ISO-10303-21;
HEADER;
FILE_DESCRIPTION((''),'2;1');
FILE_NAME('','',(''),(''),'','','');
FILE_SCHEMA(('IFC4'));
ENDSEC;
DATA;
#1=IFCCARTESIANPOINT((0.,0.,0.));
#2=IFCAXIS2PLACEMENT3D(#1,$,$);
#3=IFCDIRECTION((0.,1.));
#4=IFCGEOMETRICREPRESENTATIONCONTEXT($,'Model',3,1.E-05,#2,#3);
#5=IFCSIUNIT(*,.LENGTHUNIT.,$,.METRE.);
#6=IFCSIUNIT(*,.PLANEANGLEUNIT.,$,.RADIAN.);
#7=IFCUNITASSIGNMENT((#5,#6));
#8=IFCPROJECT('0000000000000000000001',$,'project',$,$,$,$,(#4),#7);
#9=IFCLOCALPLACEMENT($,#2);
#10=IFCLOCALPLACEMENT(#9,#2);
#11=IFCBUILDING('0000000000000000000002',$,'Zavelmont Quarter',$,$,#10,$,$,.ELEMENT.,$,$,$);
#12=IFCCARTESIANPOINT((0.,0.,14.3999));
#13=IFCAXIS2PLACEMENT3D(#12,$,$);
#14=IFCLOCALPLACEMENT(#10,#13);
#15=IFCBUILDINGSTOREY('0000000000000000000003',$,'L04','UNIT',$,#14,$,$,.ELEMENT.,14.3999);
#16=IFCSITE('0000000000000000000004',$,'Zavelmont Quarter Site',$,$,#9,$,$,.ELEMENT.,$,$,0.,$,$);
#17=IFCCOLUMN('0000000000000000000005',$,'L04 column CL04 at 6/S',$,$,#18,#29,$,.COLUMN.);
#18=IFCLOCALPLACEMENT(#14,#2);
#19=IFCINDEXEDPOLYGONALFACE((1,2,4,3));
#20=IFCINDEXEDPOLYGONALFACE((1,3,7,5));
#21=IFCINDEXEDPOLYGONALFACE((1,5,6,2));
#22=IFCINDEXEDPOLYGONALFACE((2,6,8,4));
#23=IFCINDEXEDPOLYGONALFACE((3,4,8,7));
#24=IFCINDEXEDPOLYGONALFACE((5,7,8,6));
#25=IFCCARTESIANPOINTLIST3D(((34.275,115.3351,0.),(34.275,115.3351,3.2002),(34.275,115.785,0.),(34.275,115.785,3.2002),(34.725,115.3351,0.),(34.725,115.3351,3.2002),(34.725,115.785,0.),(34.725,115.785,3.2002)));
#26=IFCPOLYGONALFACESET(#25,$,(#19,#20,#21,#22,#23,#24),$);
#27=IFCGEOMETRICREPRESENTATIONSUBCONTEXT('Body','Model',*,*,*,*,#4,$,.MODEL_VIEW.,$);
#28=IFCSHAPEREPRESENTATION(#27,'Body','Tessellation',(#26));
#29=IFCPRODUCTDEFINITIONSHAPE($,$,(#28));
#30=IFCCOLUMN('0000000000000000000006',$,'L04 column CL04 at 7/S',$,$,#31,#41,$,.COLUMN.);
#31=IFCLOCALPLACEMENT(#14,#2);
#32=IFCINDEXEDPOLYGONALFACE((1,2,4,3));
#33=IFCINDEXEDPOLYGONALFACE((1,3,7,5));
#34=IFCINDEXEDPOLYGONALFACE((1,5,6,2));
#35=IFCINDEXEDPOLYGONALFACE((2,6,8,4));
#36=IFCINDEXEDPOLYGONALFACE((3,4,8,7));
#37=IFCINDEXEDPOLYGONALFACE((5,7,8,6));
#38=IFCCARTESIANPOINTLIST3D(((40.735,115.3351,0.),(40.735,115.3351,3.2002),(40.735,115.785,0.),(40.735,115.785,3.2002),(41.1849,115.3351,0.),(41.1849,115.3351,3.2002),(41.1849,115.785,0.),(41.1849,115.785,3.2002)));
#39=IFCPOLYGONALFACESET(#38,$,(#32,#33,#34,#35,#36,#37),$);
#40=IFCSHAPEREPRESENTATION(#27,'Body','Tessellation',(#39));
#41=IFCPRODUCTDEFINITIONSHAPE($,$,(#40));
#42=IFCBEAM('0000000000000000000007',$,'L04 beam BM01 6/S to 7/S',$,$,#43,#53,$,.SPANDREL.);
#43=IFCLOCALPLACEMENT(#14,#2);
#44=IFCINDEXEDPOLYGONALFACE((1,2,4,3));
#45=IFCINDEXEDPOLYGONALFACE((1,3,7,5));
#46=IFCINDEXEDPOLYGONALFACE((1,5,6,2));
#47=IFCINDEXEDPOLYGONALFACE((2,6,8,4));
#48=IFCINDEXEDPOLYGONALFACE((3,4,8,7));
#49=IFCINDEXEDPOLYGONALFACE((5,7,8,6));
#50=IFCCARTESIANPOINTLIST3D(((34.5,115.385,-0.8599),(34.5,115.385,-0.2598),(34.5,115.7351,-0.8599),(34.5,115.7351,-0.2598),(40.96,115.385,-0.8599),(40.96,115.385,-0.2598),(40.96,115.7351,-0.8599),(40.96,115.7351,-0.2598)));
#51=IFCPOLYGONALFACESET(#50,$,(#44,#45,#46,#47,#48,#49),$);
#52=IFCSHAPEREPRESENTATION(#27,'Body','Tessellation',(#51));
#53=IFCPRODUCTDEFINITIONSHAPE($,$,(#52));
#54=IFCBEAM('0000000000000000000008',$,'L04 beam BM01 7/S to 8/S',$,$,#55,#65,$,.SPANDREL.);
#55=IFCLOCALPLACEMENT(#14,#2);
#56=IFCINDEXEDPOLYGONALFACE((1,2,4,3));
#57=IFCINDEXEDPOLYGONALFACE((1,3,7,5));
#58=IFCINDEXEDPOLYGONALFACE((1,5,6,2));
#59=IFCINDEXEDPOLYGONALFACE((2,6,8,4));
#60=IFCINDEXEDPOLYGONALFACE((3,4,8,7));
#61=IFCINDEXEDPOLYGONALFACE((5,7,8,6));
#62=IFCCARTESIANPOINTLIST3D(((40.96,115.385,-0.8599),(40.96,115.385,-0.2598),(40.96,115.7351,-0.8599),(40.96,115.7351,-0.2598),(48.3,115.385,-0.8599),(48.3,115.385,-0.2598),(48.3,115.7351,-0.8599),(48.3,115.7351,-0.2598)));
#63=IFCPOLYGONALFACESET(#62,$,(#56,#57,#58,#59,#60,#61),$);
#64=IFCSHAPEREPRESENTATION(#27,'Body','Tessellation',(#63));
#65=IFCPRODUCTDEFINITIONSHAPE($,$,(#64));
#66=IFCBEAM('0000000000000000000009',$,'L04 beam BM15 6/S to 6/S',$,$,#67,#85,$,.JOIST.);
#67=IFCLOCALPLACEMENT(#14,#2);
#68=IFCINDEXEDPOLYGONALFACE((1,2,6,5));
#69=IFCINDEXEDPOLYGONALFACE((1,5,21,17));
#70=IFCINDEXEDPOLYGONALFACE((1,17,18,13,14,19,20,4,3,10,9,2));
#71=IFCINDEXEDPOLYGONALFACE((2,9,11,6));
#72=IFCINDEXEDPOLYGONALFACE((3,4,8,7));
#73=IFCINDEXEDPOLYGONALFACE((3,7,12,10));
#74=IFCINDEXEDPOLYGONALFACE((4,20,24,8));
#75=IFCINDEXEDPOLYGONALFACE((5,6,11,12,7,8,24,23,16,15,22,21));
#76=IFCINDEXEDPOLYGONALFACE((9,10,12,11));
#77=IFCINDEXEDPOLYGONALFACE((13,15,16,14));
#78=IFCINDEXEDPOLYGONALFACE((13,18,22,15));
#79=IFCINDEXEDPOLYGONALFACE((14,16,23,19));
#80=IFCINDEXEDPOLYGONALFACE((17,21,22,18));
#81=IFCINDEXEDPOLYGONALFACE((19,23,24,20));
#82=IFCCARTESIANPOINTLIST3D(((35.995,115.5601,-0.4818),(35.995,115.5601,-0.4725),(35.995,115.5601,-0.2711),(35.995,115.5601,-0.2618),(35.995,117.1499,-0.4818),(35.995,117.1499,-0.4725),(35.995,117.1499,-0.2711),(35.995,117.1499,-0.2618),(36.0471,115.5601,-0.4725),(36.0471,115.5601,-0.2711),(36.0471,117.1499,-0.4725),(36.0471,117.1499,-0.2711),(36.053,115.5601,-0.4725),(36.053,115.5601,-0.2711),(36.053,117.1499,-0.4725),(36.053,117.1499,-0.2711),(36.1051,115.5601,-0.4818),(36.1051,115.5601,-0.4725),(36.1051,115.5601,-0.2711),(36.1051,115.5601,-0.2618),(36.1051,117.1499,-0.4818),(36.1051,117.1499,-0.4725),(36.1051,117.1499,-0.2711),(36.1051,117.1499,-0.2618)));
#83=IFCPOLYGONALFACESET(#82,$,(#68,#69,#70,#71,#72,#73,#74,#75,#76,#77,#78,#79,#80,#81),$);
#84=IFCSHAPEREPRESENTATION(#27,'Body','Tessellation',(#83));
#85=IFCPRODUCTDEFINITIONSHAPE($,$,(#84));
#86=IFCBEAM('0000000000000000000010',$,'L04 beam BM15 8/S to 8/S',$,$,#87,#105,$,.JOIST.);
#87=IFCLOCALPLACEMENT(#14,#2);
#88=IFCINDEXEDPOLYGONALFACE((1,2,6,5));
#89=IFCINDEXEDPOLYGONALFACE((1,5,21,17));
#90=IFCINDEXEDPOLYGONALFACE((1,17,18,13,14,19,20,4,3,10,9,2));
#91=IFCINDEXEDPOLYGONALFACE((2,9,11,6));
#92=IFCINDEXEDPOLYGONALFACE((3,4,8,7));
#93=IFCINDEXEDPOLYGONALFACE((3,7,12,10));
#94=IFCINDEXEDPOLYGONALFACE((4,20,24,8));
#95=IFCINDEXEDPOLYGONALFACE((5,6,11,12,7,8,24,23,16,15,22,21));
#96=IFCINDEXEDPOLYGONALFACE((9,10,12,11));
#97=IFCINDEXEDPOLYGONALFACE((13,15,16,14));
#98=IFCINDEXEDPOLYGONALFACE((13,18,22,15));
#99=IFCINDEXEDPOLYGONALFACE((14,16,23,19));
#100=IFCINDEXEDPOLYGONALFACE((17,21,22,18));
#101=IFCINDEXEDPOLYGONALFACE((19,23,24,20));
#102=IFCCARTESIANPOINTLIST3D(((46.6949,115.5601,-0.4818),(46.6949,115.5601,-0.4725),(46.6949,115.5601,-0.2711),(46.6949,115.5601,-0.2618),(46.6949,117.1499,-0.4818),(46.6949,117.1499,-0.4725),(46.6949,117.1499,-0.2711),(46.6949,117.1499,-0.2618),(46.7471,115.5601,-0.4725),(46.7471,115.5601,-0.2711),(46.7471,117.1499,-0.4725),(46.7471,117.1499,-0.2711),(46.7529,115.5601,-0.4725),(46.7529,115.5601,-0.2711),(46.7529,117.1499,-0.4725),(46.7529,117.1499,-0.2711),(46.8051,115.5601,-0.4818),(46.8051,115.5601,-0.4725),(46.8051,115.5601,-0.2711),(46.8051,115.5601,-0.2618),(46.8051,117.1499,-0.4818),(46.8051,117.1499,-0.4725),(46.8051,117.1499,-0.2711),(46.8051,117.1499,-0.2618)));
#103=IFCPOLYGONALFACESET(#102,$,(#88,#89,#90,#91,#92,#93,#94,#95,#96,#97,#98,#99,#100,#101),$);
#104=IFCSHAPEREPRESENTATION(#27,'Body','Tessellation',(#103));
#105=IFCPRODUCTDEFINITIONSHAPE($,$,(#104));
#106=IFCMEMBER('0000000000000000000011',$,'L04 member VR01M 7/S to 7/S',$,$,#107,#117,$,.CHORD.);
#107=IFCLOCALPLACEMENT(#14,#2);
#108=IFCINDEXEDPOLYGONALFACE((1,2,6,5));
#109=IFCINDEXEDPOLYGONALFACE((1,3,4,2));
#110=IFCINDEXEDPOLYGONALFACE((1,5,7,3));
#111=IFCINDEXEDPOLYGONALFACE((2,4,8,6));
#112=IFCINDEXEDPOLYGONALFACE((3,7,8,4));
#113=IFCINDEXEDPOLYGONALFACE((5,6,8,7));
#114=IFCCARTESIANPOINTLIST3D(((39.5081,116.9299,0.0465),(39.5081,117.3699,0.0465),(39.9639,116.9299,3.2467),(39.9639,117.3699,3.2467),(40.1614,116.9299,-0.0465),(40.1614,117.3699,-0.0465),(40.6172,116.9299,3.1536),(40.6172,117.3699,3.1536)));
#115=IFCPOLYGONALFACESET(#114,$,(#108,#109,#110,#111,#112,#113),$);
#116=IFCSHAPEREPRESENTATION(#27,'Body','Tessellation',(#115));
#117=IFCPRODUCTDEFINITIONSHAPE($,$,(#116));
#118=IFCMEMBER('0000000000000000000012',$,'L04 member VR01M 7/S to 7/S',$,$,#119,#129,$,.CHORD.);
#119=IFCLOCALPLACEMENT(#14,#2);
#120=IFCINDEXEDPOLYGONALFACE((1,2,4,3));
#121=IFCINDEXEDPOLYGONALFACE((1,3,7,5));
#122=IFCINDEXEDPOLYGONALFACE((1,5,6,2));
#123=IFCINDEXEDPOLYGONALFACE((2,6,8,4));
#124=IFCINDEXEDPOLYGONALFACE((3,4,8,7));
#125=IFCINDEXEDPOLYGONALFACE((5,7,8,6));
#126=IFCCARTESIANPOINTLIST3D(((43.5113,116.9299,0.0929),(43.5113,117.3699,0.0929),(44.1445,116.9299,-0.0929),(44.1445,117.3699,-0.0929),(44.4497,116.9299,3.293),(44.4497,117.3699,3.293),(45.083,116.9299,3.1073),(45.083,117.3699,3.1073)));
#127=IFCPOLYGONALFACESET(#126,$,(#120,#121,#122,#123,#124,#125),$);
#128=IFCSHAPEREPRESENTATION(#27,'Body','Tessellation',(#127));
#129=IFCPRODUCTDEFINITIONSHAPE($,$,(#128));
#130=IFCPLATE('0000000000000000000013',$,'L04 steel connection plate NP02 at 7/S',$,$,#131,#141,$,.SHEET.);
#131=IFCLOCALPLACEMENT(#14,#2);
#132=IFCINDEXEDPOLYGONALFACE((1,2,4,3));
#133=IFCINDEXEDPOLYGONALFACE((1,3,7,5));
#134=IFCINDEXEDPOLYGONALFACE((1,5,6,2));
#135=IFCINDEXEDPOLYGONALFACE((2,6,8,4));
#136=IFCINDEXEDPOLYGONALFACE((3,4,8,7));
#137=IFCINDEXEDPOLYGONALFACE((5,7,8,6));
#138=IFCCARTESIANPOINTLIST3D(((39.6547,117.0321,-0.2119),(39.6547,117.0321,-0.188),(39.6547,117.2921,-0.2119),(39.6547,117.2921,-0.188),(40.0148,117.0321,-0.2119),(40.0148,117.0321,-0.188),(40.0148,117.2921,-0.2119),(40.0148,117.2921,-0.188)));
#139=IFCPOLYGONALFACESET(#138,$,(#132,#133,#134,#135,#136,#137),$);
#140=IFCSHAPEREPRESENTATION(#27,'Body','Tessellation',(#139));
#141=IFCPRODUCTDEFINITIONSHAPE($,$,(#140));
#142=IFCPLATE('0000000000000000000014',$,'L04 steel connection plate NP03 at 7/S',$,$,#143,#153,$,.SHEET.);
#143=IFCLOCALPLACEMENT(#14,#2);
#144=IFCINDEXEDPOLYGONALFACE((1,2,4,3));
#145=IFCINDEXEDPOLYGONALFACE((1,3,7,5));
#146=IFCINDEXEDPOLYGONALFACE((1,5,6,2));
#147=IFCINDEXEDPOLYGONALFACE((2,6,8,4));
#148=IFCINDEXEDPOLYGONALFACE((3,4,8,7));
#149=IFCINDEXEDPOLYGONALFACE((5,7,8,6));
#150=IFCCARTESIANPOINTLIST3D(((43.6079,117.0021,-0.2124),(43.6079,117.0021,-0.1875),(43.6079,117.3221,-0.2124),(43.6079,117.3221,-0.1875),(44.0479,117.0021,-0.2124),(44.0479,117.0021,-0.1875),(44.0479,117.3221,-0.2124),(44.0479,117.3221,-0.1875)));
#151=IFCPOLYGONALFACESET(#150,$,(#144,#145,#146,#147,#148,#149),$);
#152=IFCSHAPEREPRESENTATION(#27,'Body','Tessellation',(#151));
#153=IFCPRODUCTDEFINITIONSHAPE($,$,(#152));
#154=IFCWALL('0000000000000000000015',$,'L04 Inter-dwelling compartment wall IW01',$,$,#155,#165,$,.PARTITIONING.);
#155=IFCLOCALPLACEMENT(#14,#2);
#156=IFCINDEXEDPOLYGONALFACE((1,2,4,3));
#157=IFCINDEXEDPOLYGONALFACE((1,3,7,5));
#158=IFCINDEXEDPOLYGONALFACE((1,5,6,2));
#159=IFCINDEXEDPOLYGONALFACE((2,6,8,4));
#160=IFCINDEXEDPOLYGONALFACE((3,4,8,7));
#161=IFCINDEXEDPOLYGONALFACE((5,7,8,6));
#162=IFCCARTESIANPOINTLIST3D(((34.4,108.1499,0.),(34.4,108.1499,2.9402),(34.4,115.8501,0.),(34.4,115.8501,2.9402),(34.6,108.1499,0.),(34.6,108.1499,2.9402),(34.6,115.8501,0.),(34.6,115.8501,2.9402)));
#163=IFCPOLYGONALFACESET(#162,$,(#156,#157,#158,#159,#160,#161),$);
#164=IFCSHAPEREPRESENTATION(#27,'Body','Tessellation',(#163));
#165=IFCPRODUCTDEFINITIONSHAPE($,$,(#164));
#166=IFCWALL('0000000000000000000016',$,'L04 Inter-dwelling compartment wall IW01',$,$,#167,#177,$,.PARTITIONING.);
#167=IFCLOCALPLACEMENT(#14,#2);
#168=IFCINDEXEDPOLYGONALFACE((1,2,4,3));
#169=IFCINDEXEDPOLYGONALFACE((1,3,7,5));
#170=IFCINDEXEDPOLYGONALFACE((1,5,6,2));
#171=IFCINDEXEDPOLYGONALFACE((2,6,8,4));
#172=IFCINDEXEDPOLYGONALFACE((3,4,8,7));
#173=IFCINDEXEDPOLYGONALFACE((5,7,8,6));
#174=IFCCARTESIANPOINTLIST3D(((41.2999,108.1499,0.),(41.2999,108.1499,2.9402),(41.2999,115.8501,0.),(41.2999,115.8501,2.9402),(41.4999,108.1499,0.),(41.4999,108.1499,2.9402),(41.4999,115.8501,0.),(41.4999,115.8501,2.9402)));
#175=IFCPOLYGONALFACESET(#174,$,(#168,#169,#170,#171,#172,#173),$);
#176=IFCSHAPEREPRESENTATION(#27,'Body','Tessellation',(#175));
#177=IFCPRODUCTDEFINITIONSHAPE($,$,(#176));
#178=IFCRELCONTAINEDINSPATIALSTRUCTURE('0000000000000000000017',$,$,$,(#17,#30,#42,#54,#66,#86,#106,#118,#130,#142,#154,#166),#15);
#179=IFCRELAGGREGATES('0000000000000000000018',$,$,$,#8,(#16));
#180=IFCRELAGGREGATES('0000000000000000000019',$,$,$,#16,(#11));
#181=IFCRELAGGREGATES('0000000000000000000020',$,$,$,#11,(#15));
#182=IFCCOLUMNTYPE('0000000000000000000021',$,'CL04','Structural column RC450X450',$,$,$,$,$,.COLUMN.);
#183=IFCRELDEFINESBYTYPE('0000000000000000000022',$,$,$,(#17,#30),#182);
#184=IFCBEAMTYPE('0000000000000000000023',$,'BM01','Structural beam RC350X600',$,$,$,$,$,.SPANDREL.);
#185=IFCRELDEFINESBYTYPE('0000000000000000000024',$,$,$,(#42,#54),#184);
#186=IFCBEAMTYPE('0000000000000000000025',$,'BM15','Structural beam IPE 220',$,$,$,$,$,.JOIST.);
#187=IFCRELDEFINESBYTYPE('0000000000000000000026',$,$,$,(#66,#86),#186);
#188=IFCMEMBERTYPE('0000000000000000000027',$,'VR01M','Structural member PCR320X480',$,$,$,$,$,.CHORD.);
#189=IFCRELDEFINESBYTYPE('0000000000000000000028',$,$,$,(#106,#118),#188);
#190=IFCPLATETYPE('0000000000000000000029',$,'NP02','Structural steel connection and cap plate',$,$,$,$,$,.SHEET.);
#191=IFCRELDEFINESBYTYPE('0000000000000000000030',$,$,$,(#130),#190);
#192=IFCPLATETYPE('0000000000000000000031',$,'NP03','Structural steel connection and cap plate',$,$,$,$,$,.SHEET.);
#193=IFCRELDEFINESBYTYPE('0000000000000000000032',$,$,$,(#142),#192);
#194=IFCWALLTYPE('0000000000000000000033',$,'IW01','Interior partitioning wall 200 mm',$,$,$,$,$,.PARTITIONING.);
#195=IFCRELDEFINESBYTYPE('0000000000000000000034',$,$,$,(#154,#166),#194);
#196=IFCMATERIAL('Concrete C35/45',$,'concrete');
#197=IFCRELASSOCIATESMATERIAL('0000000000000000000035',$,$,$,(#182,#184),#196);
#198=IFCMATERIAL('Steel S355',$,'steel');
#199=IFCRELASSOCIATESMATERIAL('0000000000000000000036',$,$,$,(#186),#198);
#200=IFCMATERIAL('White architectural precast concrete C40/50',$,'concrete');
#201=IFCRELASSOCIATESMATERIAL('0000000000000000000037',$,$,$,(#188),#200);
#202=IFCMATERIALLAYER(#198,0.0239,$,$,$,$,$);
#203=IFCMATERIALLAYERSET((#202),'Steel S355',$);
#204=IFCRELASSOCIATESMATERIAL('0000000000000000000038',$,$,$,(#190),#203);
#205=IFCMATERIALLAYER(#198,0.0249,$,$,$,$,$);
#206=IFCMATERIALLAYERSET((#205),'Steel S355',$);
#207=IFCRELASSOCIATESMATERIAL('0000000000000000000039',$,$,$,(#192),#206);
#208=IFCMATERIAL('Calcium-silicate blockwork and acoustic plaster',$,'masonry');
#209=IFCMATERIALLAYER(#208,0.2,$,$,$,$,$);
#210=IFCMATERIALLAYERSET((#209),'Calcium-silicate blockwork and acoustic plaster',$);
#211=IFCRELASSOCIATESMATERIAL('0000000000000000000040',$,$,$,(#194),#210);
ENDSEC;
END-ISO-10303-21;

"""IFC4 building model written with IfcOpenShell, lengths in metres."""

from ifc_helpers import new_model, si_unit, direction, frame, frame_2d, origin, origin_2d, place, context, subcontext, project, spatial, rectangle, i_section, extrude, material, layer, layer_set, material_profile, profile_set, type_object, element, save


model = new_model("IFC4")

# Units and contexts
model_context = context("Model", 3, precision=1e-05, world=origin(), true_north=direction((0.0, 1.0)))
body_context = subcontext(model_context, "Body", "Model", "MODEL_VIEW")
ifc_project = project(units=[si_unit("LENGTHUNIT", "METRE"), si_unit("PLANEANGLEUNIT", "RADIAN")], contexts=[model_context])

# Site, building, storey
site_placement = place(None, origin())
site = spatial("IfcSite", under=ifc_project, at=site_placement, Name="Zavelmont Quarter Site", CompositionType="ELEMENT", RefElevation=0.0)
building_placement = place(site_placement, origin())
building = spatial("IfcBuilding", under=site, at=building_placement, Name="Zavelmont Quarter", CompositionType="ELEMENT")
storey_placement = place(building_placement, frame((0.0, 0.0, 14.3999)))
storey = spatial("IfcBuildingStorey", under=building, at=storey_placement, Name="L04", Description="UNIT", CompositionType="ELEMENT", Elevation=14.3999)

# Columns
ifc_material_1 = material(Name="Concrete C35/45", Category="concrete")
ifc_material_profile_1 = material_profile(ifc_material_1, rectangle(XDim=0.45, YDim=0.45, at=origin_2d()), Name="RC450X450")
ifc_profile_set_1 = profile_set([ifc_material_profile_1], Name="Concrete C35/45")
column_type = type_object("IfcColumnType", Name="CL04", Description="Structural column RC450X450", PredefinedType="COLUMN", material=ifc_profile_set_1)
for number, where, z_axis, x_axis, name in (
    (1, (34.5, 115.5601, 0.0), (0.0, 0.0, 1.0), (1.0, 0.0, 0.0), "L04 column CL04 at 6/S"),
    (2, (40.96, 115.5601, 0.0), (0.0, 0.0, 1.0), (1.0, 0.0, 0.0), "L04 column CL04 at 7/S"),
):
    element("IfcColumn", number, at=place(storey_placement, frame(where, z_axis=z_axis, x_axis=x_axis)), inside=storey, type_object=column_type, Name=name, PredefinedType="COLUMN", context=body_context, shape_type="SweptSolid", body=[
        extrude(rectangle(XDim=0.45, YDim=0.45, at=origin_2d()), origin(), (0.0, 0.0, 1.0), 3.2002),
    ])

# Beams
ifc_material_profile_2 = material_profile(ifc_material_1, rectangle(XDim=0.3501, YDim=0.6001, at=origin_2d()), Name="RC350X600")
ifc_profile_set_2 = profile_set([ifc_material_profile_2], Name="Concrete C35/45")
beam_type_1 = type_object("IfcBeamType", Name="BM01", Description="Structural beam RC350X600", PredefinedType="SPANDREL", material=ifc_profile_set_2)
beam_1_placement = place(storey_placement, frame((34.5, 115.5601, -0.5598), z_axis=(1.0, 0.0, 0.0), x_axis=(0.0, 1.0, 0.0)))
element("IfcBeam", 3, at=beam_1_placement, inside=storey, type_object=beam_type_1, Name="L04 beam BM01 6/S to 7/S", PredefinedType="SPANDREL", context=body_context, shape_type="SweptSolid", body=[
    extrude(rectangle(XDim=0.3501, YDim=0.6001, at=origin_2d()), origin(), (0.0, 0.0, 1.0), 6.46),
])
beam_2_placement = place(storey_placement, frame((40.96, 115.5601, -0.5598), z_axis=(1.0, 0.0, 0.0), x_axis=(0.0, 1.0, 0.0)))
element("IfcBeam", 4, at=beam_2_placement, inside=storey, type_object=beam_type_1, Name="L04 beam BM01 7/S to 8/S", PredefinedType="SPANDREL", context=body_context, shape_type="SweptSolid", body=[
    extrude(rectangle(XDim=0.3501, YDim=0.6001, at=origin_2d()), origin(), (0.0, 0.0, 1.0), 7.3401),
])
ifc_material_2 = material(Name="Steel S355", Category="steel")
ifc_material_profile_3 = material_profile(ifc_material_2, i_section(OverallWidth=0.1101, OverallDepth=0.22, WebThickness=0.0059, FlangeThickness=0.0093, at=origin_2d()), Name="IPE 220")
ifc_profile_set_3 = profile_set([ifc_material_profile_3], Name="Steel S355")
beam_type_2 = type_object("IfcBeamType", Name="BM15", Description="Structural beam IPE 220", PredefinedType="JOIST", material=ifc_profile_set_3)
for number, where, z_axis, x_axis, name in (
    (5, (36.05, 115.5601, -0.3718), (0.0, 1.0, 0.0), (-1.0, 0.0, 0.0), "L04 beam BM15 6/S to 6/S"),
    (6, (46.75, 115.5601, -0.3718), (0.0, 1.0, 0.0), (-1.0, 0.0, 0.0), "L04 beam BM15 8/S to 8/S"),
):
    element("IfcBeam", number, at=place(storey_placement, frame(where, z_axis=z_axis, x_axis=x_axis)), inside=storey, type_object=beam_type_2, Name=name, PredefinedType="JOIST", context=body_context, shape_type="SweptSolid", body=[
        extrude(i_section(OverallWidth=0.1101, OverallDepth=0.22, WebThickness=0.0059, FlangeThickness=0.0093, at=origin_2d()), origin(), (0.0, 0.0, 1.0), 1.5898),
    ])

# Members
ifc_material_3 = material(Name="White architectural precast concrete C40/50", Category="concrete")
ifc_material_profile_4 = material_profile(ifc_material_3, rectangle(XDim=0.4399, YDim=0.6599, at=origin_2d()), Name="PCR320X480")
ifc_profile_set_4 = profile_set([ifc_material_profile_4], Name="White architectural precast concrete C40/50")
member_type = type_object("IfcMemberType", Name="VR01M", Description="Structural member PCR320X480", PredefinedType="CHORD", material=ifc_profile_set_4)
member_1_placement = place(storey_placement, frame((39.8347, 117.1499, 0.0), z_axis=(0.141009, 0.0, 0.990008), x_axis=(0.0, 1.0, 0.0)))
element("IfcMember", 7, at=member_1_placement, inside=storey, type_object=member_type, Name="L04 member VR01M 7/S to 7/S", PredefinedType="CHORD", context=body_context, shape_type="SweptSolid", body=[
    extrude(rectangle(XDim=0.4399, YDim=0.6599, at=origin_2d()), origin(), (0.0, 0.0, 1.0), 3.2324),
])
member_2_placement = place(storey_placement, frame((43.8279, 117.1499, 0.0), z_axis=(0.281405, 0.0, 0.959589), x_axis=(0.0, 1.0, 0.0)))
element("IfcMember", 8, at=member_2_placement, inside=storey, type_object=member_type, Name="L04 member VR01M 7/S to 7/S", PredefinedType="CHORD", context=body_context, shape_type="SweptSolid", body=[
    extrude(rectangle(XDim=0.4399, YDim=0.6599, at=origin_2d()), origin(), (0.0, 0.0, 1.0), 3.335),
])

# Plates
ifc_layer_1 = layer(ifc_material_2, 0.0239)
ifc_layer_set_1 = layer_set([ifc_layer_1], Name="Steel S355")
plate_type_1 = type_object("IfcPlateType", Name="NP02", Description="Structural steel connection and cap plate", PredefinedType="SHEET", material=ifc_layer_set_1)
plate_1_placement = place(storey_placement, frame((39.8347, 117.1621, -0.2119), z_axis=(0.0, 0.0, 1.0), x_axis=(1.0, 0.0, 0.0)))
element("IfcPlate", 9, at=plate_1_placement, inside=storey, type_object=plate_type_1, Name="L04 steel connection plate NP02 at 7/S", PredefinedType="SHEET", context=body_context, shape_type="SweptSolid", body=[
    extrude(rectangle(XDim=0.3601, YDim=0.26, at=origin_2d()), origin(), (0.0, 0.0, 1.0), 0.0239),
])
ifc_layer_2 = layer(ifc_material_2, 0.0249)
ifc_layer_set_2 = layer_set([ifc_layer_2], Name="Steel S355")
plate_type_2 = type_object("IfcPlateType", Name="NP03", Description="Structural steel connection and cap plate", PredefinedType="SHEET", material=ifc_layer_set_2)
plate_2_placement = place(storey_placement, frame((43.8279, 117.1621, -0.2124), z_axis=(0.0, 0.0, 1.0), x_axis=(1.0, 0.0, 0.0)))
element("IfcPlate", 10, at=plate_2_placement, inside=storey, type_object=plate_type_2, Name="L04 steel connection plate NP03 at 7/S", PredefinedType="SHEET", context=body_context, shape_type="SweptSolid", body=[
    extrude(rectangle(XDim=0.4399, YDim=0.3201, at=origin_2d()), origin(), (0.0, 0.0, 1.0), 0.0249),
])

# Walls
ifc_material_4 = material(Name="Calcium-silicate blockwork and acoustic plaster", Category="masonry")
ifc_layer_3 = layer(ifc_material_4, 0.2)
ifc_layer_set_3 = layer_set([ifc_layer_3], Name="Calcium-silicate blockwork and acoustic plaster")
wall_type_1 = type_object("IfcWallType", Name="IW01", Description="Interior partitioning wall 200 mm", PredefinedType="PARTITIONING", material=ifc_layer_set_3)
for number, where, z_axis, x_axis, name in (
    (11, (34.5, 108.1499, 0.0), (0.0, 0.0, 1.0), (0.0, 1.0, 0.0), "L04 Inter-dwelling compartment wall IW01"),
    (12, (41.3999, 108.1499, 0.0), (0.0, 0.0, 1.0), (0.0, 1.0, 0.0), "L04 Inter-dwelling compartment wall IW01"),
):
    element("IfcWall", number, at=place(storey_placement, frame(where, z_axis=z_axis, x_axis=x_axis)), inside=storey, type_object=wall_type_1, Name=name, PredefinedType="PARTITIONING", context=body_context, shape_type="SweptSolid", body=[
        extrude(rectangle(XDim=7.7002, YDim=0.2, at=frame_2d((3.8501, 0.0))), origin(), (0.0, 0.0, 1.0), 2.9402),
    ])

save(model, "model.ifc")
